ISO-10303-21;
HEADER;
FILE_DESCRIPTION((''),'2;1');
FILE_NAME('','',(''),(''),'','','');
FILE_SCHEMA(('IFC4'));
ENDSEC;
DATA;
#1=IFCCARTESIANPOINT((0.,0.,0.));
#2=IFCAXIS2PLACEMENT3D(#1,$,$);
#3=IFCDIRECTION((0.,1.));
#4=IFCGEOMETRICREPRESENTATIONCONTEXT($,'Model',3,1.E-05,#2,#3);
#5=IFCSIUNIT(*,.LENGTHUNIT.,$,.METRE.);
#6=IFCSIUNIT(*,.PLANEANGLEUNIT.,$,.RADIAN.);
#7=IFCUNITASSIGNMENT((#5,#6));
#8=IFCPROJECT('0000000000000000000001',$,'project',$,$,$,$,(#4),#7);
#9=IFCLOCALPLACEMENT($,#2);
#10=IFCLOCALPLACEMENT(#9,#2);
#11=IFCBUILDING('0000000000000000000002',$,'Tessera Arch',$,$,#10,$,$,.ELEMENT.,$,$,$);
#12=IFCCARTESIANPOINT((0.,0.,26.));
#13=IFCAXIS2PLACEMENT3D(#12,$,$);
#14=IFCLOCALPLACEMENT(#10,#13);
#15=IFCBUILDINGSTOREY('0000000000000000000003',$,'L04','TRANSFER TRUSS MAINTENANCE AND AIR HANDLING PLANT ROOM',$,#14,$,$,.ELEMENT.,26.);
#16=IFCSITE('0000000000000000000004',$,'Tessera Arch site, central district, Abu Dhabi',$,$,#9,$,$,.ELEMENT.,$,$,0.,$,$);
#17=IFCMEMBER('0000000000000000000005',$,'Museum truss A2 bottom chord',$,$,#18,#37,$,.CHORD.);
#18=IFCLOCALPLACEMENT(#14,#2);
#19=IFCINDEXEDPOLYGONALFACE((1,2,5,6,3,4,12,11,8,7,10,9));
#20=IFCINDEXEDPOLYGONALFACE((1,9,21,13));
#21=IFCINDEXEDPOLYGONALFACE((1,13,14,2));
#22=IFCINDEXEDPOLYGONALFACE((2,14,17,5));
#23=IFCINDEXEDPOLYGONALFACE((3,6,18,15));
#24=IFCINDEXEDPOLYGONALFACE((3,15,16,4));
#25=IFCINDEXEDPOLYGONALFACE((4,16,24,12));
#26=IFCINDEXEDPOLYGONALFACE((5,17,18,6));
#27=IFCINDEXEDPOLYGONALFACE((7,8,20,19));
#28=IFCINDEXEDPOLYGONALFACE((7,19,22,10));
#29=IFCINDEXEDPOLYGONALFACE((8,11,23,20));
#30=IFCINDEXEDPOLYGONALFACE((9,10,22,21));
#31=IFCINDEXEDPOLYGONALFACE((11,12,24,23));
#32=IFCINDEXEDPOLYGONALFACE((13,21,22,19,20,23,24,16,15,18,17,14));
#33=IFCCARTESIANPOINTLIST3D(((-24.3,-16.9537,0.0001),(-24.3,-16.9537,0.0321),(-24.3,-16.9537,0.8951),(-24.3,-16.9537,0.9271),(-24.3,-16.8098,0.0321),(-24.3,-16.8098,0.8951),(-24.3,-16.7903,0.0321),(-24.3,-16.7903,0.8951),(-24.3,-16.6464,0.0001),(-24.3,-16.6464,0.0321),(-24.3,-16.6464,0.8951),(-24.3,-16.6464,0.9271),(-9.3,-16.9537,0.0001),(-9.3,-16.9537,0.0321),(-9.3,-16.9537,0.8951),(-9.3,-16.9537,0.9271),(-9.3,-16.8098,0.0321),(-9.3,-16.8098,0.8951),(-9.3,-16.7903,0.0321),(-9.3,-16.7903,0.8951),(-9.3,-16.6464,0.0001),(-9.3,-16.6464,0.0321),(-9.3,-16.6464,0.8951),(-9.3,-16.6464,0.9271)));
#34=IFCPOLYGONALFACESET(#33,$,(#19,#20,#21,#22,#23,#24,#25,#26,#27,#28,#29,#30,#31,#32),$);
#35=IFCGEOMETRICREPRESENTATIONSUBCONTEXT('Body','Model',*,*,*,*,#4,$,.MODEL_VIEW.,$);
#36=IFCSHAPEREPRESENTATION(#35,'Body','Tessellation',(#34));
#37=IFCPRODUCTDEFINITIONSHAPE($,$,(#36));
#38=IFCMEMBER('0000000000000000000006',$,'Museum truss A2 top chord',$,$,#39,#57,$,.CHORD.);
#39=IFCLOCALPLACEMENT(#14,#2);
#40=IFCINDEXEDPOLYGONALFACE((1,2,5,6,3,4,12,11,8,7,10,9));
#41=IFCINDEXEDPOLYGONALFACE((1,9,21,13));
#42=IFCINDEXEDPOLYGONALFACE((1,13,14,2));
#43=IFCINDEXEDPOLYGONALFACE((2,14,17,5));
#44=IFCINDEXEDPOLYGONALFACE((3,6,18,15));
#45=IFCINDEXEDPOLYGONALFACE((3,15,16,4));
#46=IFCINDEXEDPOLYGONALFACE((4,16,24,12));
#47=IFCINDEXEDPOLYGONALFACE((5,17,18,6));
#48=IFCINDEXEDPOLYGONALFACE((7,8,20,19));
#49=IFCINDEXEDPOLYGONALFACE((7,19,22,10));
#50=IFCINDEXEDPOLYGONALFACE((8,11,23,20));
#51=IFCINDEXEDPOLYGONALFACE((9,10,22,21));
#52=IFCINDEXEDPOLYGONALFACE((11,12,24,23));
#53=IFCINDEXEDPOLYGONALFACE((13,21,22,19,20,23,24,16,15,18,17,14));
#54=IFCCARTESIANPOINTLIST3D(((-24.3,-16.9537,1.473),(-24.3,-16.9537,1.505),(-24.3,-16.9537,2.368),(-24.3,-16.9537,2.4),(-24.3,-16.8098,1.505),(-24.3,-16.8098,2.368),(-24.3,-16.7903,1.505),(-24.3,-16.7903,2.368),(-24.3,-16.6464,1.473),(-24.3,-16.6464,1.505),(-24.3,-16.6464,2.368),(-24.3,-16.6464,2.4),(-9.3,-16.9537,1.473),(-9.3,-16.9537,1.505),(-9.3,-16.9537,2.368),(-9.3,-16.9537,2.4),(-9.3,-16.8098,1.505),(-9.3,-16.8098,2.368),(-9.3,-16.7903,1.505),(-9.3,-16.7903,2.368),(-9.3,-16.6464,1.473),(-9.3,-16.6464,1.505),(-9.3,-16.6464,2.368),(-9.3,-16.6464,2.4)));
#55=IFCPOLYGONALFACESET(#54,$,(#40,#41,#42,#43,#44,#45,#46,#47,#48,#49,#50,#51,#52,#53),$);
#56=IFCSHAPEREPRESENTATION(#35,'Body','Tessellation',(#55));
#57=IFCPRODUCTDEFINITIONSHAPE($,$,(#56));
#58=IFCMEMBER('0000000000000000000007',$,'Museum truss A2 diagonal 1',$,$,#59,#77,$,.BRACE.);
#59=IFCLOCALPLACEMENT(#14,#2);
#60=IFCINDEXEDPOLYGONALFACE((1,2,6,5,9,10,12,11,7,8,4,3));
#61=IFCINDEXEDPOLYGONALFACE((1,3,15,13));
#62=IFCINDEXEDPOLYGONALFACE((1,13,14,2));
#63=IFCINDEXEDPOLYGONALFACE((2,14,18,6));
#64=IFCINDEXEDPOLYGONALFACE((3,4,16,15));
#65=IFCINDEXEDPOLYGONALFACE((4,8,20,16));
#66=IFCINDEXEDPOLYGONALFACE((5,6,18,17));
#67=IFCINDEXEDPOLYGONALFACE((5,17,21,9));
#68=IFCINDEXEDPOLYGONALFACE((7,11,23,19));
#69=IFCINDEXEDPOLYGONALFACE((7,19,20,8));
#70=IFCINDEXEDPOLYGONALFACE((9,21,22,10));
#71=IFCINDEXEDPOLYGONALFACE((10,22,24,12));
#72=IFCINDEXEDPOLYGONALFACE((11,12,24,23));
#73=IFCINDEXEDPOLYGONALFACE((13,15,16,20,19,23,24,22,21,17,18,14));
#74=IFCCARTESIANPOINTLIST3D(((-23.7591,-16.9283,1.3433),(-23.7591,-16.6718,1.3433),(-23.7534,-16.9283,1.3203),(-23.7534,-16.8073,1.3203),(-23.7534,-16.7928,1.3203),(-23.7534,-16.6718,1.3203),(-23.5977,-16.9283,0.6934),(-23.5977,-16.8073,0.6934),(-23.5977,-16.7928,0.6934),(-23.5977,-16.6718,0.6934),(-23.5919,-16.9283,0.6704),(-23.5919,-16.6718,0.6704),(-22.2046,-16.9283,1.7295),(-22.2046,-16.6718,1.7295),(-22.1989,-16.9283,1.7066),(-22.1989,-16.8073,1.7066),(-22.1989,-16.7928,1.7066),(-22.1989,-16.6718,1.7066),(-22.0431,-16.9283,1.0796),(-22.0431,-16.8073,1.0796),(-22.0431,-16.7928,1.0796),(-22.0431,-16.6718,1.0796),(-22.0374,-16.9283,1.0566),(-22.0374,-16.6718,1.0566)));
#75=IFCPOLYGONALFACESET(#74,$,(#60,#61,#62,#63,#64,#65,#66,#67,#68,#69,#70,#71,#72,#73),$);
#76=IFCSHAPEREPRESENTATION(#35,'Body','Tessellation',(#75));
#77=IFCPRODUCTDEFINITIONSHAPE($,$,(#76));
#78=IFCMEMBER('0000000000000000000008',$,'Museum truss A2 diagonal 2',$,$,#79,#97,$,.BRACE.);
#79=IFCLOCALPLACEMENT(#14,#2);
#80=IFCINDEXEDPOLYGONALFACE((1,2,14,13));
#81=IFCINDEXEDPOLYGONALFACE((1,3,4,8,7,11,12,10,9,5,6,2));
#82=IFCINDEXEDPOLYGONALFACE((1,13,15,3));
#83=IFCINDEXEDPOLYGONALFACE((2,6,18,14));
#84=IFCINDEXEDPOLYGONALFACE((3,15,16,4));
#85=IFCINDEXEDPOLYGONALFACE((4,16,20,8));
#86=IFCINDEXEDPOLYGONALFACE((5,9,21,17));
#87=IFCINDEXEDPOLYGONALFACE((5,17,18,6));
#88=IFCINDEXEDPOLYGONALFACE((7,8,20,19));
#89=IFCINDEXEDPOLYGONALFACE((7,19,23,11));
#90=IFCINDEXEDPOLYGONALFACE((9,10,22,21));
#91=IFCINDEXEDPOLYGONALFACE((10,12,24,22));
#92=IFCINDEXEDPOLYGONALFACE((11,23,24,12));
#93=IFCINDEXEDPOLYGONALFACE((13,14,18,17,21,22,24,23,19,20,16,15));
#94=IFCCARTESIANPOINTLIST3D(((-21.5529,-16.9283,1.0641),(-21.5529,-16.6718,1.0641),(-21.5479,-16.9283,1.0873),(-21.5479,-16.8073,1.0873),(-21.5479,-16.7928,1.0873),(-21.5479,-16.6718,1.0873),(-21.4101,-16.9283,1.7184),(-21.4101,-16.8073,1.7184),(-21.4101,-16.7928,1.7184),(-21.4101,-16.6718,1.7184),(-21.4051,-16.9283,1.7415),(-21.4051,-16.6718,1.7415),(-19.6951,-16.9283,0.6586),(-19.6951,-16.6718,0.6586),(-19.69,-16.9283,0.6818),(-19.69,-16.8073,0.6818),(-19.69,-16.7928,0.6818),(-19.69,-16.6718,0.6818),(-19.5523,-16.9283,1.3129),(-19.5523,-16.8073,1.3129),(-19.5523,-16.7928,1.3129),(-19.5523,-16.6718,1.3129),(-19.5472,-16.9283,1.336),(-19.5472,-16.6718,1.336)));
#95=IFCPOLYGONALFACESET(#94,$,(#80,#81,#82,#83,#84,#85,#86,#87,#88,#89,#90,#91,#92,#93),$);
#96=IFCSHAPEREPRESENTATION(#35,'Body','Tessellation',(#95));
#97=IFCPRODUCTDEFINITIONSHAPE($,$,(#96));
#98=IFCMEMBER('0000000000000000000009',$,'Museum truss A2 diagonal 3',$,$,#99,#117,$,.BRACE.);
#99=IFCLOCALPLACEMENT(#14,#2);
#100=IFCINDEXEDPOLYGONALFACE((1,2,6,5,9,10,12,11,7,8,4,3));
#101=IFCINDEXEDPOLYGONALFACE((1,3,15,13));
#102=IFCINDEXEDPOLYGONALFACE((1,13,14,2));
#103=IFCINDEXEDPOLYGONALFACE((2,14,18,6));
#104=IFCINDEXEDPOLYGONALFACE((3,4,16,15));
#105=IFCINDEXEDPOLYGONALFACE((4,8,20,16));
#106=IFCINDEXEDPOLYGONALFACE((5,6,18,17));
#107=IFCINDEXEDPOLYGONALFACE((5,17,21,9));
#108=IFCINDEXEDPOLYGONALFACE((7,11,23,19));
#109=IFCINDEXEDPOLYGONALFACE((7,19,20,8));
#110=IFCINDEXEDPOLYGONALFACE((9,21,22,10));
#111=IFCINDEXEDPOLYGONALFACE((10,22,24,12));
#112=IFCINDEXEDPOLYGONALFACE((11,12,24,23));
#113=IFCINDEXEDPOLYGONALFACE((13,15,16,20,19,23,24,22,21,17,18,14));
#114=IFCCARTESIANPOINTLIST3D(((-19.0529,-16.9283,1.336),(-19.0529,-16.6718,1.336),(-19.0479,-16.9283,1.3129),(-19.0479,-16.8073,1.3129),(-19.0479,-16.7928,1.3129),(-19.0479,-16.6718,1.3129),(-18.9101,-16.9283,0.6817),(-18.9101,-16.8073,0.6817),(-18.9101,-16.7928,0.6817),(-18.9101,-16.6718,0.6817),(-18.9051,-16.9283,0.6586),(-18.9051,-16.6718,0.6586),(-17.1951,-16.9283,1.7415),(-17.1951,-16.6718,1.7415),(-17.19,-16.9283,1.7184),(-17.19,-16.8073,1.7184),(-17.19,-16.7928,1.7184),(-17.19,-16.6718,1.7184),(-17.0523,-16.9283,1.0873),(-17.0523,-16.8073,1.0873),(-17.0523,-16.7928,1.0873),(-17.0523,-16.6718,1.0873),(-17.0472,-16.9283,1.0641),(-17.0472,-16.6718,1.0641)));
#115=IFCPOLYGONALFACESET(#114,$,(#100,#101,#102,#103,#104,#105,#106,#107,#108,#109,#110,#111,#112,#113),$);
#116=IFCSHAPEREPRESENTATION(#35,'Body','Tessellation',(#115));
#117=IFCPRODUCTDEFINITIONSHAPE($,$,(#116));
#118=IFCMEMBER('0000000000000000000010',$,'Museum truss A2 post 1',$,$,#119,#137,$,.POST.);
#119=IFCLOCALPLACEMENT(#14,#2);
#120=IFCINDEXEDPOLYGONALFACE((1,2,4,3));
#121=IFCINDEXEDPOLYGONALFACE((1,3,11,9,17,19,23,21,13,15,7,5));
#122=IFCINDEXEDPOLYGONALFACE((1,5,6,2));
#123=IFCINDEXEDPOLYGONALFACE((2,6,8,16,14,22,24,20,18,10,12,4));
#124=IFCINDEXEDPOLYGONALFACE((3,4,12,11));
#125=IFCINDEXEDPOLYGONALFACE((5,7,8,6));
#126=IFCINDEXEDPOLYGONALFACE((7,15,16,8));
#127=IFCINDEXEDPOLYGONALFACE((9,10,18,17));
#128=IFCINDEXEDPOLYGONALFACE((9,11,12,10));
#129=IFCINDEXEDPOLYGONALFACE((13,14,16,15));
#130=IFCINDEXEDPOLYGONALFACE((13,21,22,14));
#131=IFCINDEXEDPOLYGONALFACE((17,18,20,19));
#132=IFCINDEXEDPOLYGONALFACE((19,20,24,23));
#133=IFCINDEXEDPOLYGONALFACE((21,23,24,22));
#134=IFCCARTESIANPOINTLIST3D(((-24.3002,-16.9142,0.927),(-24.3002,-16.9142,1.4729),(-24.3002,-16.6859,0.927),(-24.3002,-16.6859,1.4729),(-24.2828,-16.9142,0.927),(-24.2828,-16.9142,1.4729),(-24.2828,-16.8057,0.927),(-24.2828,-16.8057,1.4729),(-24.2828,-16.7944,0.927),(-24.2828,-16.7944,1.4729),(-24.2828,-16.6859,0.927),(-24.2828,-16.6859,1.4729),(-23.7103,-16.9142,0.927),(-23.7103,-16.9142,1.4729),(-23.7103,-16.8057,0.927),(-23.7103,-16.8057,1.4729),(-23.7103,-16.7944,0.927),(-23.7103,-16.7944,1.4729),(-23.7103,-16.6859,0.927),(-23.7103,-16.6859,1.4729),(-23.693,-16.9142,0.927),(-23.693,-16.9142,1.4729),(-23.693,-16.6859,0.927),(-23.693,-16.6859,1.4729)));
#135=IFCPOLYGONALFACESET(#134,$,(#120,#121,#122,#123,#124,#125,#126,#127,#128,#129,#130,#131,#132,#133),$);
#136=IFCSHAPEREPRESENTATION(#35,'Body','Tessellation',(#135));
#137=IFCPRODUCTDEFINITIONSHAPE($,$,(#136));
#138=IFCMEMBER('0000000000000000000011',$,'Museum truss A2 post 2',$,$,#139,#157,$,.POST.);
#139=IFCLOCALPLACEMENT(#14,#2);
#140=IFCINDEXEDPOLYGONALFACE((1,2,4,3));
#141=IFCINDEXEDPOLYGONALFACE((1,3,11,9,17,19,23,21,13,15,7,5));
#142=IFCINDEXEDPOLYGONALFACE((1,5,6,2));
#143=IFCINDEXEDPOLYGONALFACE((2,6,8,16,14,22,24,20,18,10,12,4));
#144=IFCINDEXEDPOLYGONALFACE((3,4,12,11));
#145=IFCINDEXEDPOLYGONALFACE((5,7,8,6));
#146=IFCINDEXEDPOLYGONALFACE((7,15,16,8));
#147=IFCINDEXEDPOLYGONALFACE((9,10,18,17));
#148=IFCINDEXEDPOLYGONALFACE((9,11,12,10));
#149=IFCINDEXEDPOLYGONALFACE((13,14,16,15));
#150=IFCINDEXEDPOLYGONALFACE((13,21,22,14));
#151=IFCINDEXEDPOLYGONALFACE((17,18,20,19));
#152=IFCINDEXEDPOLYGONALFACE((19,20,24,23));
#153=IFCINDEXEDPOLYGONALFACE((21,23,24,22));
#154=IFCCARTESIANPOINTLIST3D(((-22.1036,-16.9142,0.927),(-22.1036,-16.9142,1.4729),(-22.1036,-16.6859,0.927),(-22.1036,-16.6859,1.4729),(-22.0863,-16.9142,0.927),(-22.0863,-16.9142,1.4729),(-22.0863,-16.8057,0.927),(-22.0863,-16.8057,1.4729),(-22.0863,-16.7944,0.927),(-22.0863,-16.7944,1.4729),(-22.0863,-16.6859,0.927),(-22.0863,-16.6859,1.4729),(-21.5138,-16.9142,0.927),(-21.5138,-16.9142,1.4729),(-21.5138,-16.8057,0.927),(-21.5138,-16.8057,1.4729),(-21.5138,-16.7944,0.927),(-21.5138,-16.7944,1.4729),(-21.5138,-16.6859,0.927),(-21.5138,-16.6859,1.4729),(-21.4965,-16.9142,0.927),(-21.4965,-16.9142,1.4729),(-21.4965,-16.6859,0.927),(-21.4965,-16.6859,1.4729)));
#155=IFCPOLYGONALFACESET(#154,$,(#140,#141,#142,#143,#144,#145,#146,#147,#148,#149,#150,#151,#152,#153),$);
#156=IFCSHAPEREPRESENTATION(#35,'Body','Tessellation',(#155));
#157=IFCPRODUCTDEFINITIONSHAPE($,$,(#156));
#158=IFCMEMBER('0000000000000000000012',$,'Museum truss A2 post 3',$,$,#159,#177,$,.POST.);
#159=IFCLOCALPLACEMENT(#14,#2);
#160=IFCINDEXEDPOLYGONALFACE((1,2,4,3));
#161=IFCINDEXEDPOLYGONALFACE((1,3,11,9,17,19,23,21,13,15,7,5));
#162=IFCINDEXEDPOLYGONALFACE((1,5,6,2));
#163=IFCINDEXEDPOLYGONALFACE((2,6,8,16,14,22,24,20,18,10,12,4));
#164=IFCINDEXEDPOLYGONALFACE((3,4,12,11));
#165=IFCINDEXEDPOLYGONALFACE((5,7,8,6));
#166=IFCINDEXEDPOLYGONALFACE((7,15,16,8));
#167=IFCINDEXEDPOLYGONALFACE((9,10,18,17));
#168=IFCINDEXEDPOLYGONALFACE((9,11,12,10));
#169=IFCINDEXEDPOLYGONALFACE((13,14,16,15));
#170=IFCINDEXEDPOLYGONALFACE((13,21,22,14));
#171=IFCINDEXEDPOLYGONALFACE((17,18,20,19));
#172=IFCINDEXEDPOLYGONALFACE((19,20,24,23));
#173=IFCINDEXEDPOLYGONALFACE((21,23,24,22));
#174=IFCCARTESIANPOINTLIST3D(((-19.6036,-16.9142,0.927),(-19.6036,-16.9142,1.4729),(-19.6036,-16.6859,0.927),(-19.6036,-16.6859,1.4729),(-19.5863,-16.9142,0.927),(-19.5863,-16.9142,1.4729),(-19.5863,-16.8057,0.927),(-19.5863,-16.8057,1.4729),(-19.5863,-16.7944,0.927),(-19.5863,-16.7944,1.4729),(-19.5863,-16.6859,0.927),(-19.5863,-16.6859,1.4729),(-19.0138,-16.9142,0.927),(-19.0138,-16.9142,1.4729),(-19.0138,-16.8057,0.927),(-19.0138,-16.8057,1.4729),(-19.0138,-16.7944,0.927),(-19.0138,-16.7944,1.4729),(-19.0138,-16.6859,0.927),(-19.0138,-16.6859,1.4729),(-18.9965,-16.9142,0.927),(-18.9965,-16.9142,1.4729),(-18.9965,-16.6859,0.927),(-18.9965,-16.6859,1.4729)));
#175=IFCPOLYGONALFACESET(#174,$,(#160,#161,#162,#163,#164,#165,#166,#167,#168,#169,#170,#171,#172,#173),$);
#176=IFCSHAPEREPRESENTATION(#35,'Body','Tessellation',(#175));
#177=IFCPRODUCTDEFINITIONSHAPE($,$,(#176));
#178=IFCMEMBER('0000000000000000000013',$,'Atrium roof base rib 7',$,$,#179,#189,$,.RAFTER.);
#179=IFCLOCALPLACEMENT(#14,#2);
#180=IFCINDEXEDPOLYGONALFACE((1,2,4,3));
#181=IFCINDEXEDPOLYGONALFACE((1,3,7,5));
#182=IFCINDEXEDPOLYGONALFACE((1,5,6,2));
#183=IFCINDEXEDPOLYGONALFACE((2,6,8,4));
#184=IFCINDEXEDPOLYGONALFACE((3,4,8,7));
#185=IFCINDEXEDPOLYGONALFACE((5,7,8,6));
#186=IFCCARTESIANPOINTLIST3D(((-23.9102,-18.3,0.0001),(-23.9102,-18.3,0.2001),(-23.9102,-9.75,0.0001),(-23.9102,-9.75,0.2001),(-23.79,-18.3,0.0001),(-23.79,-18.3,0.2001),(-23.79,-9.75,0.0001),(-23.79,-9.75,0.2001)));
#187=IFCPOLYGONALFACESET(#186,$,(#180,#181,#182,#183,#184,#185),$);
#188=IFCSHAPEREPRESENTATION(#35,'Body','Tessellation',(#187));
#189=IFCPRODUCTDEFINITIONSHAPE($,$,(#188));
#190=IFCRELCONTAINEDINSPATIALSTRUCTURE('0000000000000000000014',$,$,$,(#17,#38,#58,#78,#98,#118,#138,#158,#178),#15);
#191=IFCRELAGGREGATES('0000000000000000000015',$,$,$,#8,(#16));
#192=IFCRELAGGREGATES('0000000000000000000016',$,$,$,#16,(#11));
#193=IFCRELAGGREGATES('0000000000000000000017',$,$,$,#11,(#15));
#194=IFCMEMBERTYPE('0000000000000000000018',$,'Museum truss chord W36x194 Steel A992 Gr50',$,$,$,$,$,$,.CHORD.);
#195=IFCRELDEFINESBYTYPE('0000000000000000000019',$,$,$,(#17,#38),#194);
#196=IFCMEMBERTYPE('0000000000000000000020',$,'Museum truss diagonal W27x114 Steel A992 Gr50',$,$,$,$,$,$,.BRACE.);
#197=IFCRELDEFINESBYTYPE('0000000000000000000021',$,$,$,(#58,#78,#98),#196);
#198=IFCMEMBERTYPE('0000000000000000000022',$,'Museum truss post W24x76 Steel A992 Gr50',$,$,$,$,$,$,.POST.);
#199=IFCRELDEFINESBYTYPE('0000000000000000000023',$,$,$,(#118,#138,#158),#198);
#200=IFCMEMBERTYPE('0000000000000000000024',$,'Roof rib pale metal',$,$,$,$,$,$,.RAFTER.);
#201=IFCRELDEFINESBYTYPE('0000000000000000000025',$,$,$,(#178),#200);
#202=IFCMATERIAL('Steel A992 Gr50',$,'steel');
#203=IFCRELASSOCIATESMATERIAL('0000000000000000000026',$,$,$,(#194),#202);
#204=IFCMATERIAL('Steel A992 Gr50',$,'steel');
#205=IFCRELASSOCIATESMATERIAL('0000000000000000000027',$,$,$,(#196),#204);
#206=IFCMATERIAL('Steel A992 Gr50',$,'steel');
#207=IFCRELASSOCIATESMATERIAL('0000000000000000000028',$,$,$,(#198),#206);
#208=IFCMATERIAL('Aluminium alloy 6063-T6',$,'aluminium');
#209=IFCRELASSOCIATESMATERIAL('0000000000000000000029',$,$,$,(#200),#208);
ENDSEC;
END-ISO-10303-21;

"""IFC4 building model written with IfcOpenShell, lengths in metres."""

from ifc_helpers import new_model, si_unit, direction, frame, origin, origin_2d, place, context, subcontext, project, spatial, rectangle, i_section, extrude, material, material_profile, profile_set, type_object, element, save


model = new_model("IFC4")

# Units and contexts
model_context = context("Model", 3, precision=1e-05, world=origin(), true_north=direction((0.0, 1.0)))
body_context = subcontext(model_context, "Body", "Model", "MODEL_VIEW")
ifc_project = project(units=[si_unit("LENGTHUNIT", "METRE"), si_unit("PLANEANGLEUNIT", "RADIAN")], contexts=[model_context])

# Site, building, storey
site_placement = place(None, origin())
site = spatial("IfcSite", under=ifc_project, at=site_placement, Name="Tessera Arch site, central district, Abu Dhabi", CompositionType="ELEMENT", RefElevation=0.0)
building_placement = place(site_placement, origin())
building = spatial("IfcBuilding", under=site, at=building_placement, Name="Tessera Arch", CompositionType="ELEMENT")
storey_placement = place(building_placement, frame((0.0, 0.0, 26.0)))
storey = spatial("IfcBuildingStorey", under=building, at=storey_placement, Name="L04", Description="TRANSFER TRUSS MAINTENANCE AND AIR HANDLING PLANT ROOM", CompositionType="ELEMENT", Elevation=26.0)

# Members
ifc_material_1 = material(Name="Steel A992 Gr50", Category="steel")
ifc_material_profile_1 = material_profile(ifc_material_1, i_section(OverallWidth=0.3074, OverallDepth=0.927, WebThickness=0.0195, FlangeThickness=0.032, at=origin_2d()), Name="W36x194")
ifc_profile_set_1 = profile_set([ifc_material_profile_1], Name="Steel A992 Gr50")
member_type_1 = type_object("IfcMemberType", Name="Museum truss chord W36x194 Steel A992 Gr50", PredefinedType="CHORD", material=ifc_profile_set_1)
for number, where, z_axis, x_axis, name in (
    (1, (-24.3, -16.8, 0.4636), (1.0, 0.0, 0.0), (0.0, 1.0, 0.0), "Museum truss A2 bottom chord"),
    (2, (-24.3, -16.8, 1.9365), (1.0, 0.0, 0.0), (0.0, 1.0, 0.0), "Museum truss A2 top chord"),
):
    element("IfcMember", number, at=place(storey_placement, frame(where, z_axis=z_axis, x_axis=x_axis)), inside=storey, type_object=member_type_1, Name=name, PredefinedType="CHORD", context=body_context, shape_type="SweptSolid", body=[
        extrude(i_section(OverallWidth=0.3074, OverallDepth=0.927, WebThickness=0.0195, FlangeThickness=0.032, at=origin_2d()), origin(), (0.0, 0.0, 1.0), 15.0),
    ])
ifc_material_2 = material(Name="Steel A992 Gr50", Category="steel")
ifc_material_profile_2 = material_profile(ifc_material_2, i_section(OverallWidth=0.2566, OverallDepth=0.6934, WebThickness=0.0144, FlangeThickness=0.0237, at=origin_2d()), Name="W27x114")
ifc_profile_set_2 = profile_set([ifc_material_profile_2], Name="Steel A992 Gr50")
member_type_2 = type_object("IfcMemberType", Name="Museum truss diagonal W27x114 Steel A992 Gr50", PredefinedType="BRACE", material=ifc_profile_set_2)
member_1_placement = place(storey_placement, frame((-23.6755, -16.8, 1.0068), z_axis=(0.970491, 0.0, 0.241137), x_axis=(0.0, 1.0, 0.0)))
element("IfcMember", 3, at=member_1_placement, inside=storey, type_object=member_type_2, Name="Museum truss A2 diagonal 1", PredefinedType="BRACE", context=body_context, shape_type="SweptSolid", body=[
    extrude(i_section(OverallWidth=0.2566, OverallDepth=0.6934, WebThickness=0.0144, FlangeThickness=0.0237, at=origin_2d()), origin(), (0.0, 0.0, 1.0), 1.6018),
])
for number, where, z_axis, x_axis, name in (
    (4, (-21.479, -16.8, 1.4028), (0.976999, 0.0, -0.213245), (0.0, 1.0, 0.0), "Museum truss A2 diagonal 2"),
    (5, (-18.979, -16.8, 0.9973), (0.976999, 0.0, 0.213245), (0.0, 1.0, 0.0), "Museum truss A2 diagonal 3"),
):
    element("IfcMember", number, at=place(storey_placement, frame(where, z_axis=z_axis, x_axis=x_axis)), inside=storey, type_object=member_type_2, Name=name, PredefinedType="BRACE", context=body_context, shape_type="SweptSolid", body=[
        extrude(i_section(OverallWidth=0.2566, OverallDepth=0.6934, WebThickness=0.0144, FlangeThickness=0.0237, at=origin_2d()), origin(), (0.0, 0.0, 1.0), 1.9016),
    ])
ifc_material_3 = material(Name="Steel A992 Gr50", Category="steel")
ifc_material_profile_3 = material_profile(ifc_material_3, i_section(OverallWidth=0.2283, OverallDepth=0.6072, WebThickness=0.0112, FlangeThickness=0.0173, at=origin_2d()), Name="W24x76")
ifc_profile_set_3 = profile_set([ifc_material_profile_3], Name="Steel A992 Gr50")
member_type_3 = type_object("IfcMemberType", Name="Museum truss post W24x76 Steel A992 Gr50", PredefinedType="POST", material=ifc_profile_set_3)
for number, where, z_axis, x_axis, name in (
    (6, (-23.9966, -16.8, 0.927), (0.0, 0.0, 1.0), (0.0, 1.0, 0.0), "Museum truss A2 post 1"),
    (7, (-21.8, -16.8, 0.927), (0.0, 0.0, 1.0), (0.0, 1.0, 0.0), "Museum truss A2 post 2"),
    (8, (-19.3, -16.8, 0.927), (0.0, 0.0, 1.0), (0.0, 1.0, 0.0), "Museum truss A2 post 3"),
):
    element("IfcMember", number, at=place(storey_placement, frame(where, z_axis=z_axis, x_axis=x_axis)), inside=storey, type_object=member_type_3, Name=name, PredefinedType="POST", context=body_context, shape_type="SweptSolid", body=[
        extrude(i_section(OverallWidth=0.2283, OverallDepth=0.6072, WebThickness=0.0112, FlangeThickness=0.0173, at=origin_2d()), origin(), (0.0, 0.0, 1.0), 0.5459),
    ])
ifc_material_4 = material(Name="Aluminium alloy 6063-T6", Category="aluminium")
ifc_material_profile_4 = material_profile(ifc_material_4, rectangle(XDim=0.1201, YDim=0.2, at=origin_2d()), Name="AL 120x200")
ifc_profile_set_4 = profile_set([ifc_material_profile_4], Name="Aluminium alloy 6063-T6")
member_type_4 = type_object("IfcMemberType", Name="Roof rib pale metal", PredefinedType="RAFTER", material=ifc_profile_set_4)
member_2_placement = place(storey_placement, frame((-23.8501, -9.75, 0.1001), z_axis=(0.0, -1.0, 0.0), x_axis=(1.0, 0.0, 0.0)))
element("IfcMember", 9, at=member_2_placement, inside=storey, type_object=member_type_4, Name="Atrium roof base rib 7", PredefinedType="RAFTER", context=body_context, shape_type="SweptSolid", body=[
    extrude(rectangle(XDim=0.1201, YDim=0.2, at=origin_2d()), origin(), (0.0, 0.0, 1.0), 8.55),
])

save(model, "model.ifc")
